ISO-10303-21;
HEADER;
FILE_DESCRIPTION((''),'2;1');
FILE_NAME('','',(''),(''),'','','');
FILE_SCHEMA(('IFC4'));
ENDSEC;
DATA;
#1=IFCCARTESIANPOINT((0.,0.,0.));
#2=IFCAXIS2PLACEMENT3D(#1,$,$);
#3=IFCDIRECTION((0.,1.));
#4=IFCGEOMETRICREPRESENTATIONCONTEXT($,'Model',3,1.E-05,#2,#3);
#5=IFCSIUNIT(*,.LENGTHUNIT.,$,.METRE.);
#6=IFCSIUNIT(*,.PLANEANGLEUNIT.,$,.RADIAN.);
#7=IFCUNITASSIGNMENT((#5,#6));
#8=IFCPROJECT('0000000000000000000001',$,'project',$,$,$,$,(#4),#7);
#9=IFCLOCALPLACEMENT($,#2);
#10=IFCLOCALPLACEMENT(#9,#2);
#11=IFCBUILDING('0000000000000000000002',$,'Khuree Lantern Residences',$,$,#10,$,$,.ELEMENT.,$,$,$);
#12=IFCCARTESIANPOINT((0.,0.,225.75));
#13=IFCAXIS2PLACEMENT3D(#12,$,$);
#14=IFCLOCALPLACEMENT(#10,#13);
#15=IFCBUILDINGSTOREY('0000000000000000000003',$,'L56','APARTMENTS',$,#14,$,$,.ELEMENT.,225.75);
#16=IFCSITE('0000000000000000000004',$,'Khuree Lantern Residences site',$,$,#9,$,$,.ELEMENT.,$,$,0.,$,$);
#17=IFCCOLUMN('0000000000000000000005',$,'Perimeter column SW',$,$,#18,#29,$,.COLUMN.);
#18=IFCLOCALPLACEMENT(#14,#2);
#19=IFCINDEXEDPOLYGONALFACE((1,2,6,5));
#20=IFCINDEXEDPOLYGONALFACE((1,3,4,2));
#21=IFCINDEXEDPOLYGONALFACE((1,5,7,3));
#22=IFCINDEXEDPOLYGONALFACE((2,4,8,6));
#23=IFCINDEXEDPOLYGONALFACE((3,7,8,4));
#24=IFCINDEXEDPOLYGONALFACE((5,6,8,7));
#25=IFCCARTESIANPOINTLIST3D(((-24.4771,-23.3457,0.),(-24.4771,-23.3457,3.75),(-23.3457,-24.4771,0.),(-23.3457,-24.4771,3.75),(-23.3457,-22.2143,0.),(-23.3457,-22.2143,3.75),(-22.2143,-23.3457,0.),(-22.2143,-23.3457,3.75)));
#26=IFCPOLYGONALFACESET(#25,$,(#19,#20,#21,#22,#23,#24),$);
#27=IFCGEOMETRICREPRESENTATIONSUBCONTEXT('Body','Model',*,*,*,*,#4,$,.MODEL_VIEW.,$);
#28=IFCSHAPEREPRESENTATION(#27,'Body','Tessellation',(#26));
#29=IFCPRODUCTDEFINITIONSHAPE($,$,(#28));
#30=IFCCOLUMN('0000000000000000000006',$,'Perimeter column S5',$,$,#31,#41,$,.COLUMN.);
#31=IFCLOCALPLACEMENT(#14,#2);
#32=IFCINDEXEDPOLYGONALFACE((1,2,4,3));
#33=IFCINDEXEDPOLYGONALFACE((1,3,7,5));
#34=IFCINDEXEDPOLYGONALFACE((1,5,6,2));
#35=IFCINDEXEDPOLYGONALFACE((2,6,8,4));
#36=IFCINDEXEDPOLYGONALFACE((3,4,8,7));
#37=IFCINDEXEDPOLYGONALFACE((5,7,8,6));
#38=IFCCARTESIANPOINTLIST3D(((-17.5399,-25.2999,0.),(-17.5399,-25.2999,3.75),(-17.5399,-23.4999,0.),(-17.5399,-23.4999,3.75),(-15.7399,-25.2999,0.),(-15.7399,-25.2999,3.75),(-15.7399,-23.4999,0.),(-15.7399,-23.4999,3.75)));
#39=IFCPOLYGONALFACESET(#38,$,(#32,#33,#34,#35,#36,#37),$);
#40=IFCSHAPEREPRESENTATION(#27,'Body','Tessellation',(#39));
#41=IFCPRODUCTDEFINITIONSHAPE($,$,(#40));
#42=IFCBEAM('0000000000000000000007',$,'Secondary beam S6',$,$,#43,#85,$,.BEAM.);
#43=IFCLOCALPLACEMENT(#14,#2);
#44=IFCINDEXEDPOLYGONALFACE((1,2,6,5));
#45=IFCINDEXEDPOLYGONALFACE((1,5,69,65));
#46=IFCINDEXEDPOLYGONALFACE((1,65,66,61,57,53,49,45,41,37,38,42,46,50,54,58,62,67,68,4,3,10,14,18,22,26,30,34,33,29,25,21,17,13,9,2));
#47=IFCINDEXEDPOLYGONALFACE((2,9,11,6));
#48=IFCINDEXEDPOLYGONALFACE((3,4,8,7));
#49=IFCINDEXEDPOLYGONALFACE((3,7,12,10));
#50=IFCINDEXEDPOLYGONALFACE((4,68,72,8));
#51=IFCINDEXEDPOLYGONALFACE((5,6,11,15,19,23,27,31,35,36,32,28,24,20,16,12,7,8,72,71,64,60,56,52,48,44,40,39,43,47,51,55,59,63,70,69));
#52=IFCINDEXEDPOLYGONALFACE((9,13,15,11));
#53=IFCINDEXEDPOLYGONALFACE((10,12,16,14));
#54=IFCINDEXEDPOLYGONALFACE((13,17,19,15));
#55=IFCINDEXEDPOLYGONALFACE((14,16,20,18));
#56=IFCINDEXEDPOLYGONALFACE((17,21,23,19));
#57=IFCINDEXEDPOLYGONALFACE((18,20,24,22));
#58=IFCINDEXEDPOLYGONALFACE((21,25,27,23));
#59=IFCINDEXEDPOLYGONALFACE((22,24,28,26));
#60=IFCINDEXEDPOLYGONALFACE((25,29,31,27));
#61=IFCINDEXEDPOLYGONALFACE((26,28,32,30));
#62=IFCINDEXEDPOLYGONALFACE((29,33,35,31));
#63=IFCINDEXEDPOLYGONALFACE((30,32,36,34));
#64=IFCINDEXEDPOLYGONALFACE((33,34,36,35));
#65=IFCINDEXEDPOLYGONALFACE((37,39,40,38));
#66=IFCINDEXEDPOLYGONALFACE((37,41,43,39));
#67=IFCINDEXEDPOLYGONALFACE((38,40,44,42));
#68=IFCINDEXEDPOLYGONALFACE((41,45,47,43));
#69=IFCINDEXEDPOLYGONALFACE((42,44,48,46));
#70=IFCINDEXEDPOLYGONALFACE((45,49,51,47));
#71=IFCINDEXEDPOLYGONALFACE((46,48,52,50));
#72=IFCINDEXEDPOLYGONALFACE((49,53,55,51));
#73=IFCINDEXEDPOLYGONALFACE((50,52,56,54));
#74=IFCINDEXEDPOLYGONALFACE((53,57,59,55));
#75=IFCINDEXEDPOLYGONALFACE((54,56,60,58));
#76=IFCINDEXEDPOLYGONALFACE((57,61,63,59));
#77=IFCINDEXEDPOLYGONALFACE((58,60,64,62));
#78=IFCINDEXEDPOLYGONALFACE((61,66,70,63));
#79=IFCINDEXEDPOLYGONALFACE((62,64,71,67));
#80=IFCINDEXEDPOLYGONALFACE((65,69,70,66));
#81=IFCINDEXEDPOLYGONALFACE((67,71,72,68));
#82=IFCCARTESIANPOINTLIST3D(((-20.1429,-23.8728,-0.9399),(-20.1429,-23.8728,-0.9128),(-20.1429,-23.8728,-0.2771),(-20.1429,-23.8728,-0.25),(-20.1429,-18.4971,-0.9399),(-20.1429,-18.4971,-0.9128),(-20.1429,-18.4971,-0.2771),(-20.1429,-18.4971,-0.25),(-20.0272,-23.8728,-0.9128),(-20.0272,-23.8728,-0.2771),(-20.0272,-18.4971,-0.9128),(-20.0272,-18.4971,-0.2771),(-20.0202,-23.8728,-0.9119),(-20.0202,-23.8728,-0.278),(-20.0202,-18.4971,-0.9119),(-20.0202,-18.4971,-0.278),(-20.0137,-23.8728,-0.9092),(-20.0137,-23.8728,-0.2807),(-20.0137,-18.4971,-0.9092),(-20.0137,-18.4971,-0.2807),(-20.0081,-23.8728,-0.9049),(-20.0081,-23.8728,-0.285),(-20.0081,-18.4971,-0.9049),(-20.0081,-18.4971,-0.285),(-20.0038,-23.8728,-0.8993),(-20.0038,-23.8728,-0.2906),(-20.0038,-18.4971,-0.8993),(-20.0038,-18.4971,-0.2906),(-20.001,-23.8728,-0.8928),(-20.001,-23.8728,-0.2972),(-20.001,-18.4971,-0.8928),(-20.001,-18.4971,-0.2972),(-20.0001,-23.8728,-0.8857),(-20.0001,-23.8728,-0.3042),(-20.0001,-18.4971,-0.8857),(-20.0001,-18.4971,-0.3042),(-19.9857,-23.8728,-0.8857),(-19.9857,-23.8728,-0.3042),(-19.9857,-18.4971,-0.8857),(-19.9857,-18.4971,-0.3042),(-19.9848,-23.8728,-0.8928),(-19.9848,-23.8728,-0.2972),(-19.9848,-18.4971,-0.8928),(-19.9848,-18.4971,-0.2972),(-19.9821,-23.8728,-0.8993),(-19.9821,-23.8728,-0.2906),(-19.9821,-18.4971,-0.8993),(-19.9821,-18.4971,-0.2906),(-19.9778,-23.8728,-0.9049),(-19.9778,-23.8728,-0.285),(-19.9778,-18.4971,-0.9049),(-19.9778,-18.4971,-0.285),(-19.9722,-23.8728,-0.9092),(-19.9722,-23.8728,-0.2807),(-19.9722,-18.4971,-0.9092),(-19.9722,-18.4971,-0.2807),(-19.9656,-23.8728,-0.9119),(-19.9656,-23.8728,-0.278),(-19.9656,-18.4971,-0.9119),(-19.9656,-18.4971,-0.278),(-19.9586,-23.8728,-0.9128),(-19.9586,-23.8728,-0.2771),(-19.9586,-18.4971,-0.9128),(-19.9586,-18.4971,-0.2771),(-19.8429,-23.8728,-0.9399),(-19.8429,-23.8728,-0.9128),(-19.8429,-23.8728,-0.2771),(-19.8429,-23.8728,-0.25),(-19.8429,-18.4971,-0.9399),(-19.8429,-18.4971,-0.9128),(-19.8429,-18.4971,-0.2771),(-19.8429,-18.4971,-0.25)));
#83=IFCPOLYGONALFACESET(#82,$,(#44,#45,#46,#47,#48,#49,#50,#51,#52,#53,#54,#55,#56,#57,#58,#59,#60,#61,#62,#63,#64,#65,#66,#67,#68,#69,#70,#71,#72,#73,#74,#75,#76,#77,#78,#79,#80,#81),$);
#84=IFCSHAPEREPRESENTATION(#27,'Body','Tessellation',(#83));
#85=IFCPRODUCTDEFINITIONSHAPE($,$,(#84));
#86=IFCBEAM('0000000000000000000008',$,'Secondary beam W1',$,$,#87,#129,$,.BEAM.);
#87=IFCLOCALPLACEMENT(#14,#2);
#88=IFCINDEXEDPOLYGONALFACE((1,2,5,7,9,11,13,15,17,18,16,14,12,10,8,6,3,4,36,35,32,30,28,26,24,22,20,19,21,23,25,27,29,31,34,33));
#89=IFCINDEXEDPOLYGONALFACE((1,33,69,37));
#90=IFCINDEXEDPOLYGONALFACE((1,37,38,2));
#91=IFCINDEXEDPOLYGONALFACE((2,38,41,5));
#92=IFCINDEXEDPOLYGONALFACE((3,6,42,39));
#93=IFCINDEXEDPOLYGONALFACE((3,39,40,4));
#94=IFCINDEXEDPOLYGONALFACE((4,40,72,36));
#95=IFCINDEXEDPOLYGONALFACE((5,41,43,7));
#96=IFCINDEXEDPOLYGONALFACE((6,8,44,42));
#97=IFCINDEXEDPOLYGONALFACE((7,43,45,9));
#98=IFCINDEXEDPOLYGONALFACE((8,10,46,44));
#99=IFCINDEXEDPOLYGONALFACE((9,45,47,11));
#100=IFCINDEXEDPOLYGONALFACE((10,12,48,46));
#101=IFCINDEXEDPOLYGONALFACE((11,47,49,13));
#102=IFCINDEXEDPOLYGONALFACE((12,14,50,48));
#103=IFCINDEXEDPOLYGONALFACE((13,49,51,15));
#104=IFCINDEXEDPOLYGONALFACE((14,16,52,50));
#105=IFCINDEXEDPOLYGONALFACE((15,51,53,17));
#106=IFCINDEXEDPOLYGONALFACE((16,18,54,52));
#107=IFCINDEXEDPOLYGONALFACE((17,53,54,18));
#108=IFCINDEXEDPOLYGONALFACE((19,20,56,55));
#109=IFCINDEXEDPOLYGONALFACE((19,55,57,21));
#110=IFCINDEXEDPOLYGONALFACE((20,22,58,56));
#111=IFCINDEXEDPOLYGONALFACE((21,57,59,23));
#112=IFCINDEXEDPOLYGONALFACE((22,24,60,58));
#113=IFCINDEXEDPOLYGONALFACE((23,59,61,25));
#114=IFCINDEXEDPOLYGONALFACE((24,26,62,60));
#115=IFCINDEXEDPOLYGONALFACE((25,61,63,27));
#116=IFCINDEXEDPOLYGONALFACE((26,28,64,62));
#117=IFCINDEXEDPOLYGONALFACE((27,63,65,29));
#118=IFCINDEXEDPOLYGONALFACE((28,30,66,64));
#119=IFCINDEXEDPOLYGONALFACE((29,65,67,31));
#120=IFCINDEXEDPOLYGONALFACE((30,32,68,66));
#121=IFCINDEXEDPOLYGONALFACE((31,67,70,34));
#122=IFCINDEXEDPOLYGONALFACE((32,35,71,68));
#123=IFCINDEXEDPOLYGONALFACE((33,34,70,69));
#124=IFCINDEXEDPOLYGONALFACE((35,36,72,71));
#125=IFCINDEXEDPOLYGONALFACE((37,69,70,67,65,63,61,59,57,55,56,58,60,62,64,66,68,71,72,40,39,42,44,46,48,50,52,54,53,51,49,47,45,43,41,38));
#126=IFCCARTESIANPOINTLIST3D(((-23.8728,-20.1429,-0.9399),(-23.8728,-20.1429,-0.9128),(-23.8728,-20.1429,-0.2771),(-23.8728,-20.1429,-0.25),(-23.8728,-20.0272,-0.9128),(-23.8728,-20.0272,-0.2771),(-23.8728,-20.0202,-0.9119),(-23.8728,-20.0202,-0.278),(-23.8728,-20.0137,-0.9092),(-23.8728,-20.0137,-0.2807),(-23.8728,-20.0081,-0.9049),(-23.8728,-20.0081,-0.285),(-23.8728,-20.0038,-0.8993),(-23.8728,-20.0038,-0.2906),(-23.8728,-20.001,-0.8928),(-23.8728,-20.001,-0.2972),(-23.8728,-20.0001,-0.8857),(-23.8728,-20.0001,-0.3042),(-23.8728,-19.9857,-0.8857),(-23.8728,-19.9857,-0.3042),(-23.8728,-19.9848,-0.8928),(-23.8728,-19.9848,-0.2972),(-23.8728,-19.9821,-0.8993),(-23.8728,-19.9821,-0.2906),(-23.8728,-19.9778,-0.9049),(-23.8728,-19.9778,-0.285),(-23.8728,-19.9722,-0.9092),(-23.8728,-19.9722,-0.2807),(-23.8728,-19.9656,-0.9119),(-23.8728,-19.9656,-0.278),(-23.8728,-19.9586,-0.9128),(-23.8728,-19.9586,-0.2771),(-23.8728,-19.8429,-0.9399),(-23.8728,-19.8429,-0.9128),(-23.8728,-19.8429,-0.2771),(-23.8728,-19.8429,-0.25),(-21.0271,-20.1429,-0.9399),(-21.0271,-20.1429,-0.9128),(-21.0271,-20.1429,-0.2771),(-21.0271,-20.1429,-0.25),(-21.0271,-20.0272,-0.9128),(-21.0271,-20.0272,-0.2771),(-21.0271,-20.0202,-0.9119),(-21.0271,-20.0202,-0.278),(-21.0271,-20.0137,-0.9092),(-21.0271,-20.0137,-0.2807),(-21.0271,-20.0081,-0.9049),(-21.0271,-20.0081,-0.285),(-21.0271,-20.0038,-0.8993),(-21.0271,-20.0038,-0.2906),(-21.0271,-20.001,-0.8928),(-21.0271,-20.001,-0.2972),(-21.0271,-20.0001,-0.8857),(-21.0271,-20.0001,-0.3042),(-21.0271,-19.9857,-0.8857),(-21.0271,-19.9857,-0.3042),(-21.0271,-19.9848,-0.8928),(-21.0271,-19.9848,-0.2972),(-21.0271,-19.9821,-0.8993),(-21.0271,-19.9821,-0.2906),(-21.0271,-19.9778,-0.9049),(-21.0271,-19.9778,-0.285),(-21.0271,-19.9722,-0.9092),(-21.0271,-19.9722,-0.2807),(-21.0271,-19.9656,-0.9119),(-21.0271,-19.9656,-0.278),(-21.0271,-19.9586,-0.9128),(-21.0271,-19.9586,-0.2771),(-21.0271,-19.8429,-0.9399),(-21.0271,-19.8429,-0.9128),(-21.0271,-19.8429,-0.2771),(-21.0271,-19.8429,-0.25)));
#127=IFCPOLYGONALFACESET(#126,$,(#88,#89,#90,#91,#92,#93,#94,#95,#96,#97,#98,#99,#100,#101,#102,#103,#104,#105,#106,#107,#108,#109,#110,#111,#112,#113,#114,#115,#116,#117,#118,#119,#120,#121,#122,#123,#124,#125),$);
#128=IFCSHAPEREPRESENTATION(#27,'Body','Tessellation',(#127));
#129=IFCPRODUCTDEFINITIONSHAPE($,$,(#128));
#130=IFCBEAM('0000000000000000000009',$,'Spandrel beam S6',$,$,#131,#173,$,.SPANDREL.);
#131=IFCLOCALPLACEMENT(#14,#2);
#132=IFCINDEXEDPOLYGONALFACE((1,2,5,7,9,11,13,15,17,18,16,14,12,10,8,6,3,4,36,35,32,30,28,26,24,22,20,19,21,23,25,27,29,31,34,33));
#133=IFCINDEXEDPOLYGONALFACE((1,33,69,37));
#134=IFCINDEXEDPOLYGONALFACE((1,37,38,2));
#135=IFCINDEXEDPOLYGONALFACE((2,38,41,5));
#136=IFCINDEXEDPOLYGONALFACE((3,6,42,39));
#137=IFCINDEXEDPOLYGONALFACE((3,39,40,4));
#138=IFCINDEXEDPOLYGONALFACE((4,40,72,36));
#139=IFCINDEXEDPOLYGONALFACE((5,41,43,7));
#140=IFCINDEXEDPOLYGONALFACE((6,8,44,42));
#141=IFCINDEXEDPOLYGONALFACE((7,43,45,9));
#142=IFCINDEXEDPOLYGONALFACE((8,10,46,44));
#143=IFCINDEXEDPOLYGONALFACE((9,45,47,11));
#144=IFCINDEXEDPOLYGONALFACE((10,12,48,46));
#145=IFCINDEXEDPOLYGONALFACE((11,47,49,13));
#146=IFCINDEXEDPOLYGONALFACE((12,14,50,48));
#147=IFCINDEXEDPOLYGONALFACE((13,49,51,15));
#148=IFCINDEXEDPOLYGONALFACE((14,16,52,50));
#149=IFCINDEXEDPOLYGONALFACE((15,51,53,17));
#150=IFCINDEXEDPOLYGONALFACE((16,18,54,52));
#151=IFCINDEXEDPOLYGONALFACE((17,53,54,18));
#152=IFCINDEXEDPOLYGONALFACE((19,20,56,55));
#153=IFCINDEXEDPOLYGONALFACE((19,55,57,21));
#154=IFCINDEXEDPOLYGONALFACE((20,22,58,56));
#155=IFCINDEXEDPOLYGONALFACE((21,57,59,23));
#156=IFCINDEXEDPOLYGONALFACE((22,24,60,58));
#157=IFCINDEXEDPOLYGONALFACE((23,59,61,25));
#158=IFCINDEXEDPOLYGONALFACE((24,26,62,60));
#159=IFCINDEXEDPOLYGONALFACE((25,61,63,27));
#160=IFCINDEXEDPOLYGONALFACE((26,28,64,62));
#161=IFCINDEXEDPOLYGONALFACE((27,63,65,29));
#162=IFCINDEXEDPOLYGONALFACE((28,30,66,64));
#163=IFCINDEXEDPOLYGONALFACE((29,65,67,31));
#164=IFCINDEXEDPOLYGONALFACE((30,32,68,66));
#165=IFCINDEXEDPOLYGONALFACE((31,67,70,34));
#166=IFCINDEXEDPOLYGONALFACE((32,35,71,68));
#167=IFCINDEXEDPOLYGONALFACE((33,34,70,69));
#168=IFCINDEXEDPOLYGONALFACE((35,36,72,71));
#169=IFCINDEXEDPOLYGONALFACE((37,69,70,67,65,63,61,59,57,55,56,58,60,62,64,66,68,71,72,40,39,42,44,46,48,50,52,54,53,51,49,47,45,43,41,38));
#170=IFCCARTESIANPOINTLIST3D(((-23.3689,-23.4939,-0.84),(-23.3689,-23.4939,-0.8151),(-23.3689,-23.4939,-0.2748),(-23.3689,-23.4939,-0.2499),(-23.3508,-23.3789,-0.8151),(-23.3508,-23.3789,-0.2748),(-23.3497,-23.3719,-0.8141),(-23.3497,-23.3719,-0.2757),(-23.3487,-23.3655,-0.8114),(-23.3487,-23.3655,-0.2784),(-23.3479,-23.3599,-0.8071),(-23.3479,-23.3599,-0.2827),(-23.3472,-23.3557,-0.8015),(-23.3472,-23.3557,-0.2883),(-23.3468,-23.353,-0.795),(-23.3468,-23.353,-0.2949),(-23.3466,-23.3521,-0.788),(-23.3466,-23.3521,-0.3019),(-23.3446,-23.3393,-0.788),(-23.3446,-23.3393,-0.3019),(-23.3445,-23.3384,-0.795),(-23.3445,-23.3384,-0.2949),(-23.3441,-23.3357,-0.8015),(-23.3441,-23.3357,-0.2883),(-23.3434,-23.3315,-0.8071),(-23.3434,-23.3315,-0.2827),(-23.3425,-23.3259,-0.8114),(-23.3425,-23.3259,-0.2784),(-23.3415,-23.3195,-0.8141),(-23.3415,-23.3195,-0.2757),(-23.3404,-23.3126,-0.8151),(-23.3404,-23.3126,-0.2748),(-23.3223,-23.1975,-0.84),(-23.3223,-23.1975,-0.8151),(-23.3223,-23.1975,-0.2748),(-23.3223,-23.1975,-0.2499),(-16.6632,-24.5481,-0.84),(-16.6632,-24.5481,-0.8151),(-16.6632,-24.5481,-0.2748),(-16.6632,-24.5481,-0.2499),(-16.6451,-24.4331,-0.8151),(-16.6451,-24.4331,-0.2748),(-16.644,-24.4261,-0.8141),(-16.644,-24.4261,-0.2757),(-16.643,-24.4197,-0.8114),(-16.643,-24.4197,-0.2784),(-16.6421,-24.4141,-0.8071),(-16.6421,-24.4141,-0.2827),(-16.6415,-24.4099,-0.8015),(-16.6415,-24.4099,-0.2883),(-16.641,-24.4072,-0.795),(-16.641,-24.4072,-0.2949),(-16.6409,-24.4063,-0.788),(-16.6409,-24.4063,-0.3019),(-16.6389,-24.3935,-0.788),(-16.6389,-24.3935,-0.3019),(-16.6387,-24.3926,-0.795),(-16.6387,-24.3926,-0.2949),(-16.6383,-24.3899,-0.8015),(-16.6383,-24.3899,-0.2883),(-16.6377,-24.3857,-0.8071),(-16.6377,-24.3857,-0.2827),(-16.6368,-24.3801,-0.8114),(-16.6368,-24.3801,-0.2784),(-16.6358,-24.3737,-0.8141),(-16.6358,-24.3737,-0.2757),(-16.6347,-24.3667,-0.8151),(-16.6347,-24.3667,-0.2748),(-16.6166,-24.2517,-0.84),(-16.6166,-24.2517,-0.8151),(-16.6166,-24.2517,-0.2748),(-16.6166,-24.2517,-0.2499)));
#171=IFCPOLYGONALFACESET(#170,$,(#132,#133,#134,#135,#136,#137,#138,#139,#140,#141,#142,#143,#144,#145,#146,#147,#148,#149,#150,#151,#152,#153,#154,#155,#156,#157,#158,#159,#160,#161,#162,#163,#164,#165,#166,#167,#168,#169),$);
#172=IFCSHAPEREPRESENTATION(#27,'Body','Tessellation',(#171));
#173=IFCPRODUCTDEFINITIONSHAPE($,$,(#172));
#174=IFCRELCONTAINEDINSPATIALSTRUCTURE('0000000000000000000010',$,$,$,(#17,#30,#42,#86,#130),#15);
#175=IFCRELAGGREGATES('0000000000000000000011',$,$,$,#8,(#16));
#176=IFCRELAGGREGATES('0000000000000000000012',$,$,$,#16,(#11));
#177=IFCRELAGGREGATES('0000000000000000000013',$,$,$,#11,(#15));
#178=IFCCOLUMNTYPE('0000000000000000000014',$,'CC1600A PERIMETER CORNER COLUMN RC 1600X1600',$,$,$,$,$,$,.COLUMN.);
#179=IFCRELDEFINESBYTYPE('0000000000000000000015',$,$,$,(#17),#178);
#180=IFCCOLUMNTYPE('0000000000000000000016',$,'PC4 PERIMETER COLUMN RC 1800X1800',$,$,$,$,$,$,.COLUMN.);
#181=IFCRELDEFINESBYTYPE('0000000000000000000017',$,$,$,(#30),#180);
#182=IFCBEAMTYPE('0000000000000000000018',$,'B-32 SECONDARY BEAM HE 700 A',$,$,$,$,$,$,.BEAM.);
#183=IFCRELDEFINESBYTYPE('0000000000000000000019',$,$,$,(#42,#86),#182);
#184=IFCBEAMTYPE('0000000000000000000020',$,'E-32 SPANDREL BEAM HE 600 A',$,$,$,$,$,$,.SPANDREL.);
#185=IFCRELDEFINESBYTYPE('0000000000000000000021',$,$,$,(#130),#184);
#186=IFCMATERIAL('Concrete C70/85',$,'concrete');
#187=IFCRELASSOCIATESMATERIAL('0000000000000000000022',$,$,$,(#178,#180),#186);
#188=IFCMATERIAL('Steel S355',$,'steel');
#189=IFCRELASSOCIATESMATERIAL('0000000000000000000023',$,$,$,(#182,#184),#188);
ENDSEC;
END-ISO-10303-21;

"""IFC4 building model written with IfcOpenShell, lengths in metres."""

from ifc_helpers import new_model, si_unit, direction, frame, origin, origin_2d, place, context, subcontext, project, spatial, rectangle, i_section, extrude, material, material_profile, profile_set, type_object, element, save


model = new_model("IFC4")

# Units and contexts
model_context = context("Model", 3, precision=1e-05, world=origin(), true_north=direction((0.0, 1.0)))
body_context = subcontext(model_context, "Body", "Model", "MODEL_VIEW")
ifc_project = project(units=[si_unit("LENGTHUNIT", "METRE"), si_unit("PLANEANGLEUNIT", "RADIAN")], contexts=[model_context])

# Site, building, storey
site_placement = place(None, origin())
site = spatial("IfcSite", under=ifc_project, at=site_placement, Name="Khuree Lantern Residences site", CompositionType="ELEMENT", RefElevation=0.0)
building_placement = place(site_placement, origin())
building = spatial("IfcBuilding", under=site, at=building_placement, Name="Khuree Lantern Residences", CompositionType="ELEMENT")
storey_placement = place(building_placement, frame((0.0, 0.0, 225.75)))
storey = spatial("IfcBuildingStorey", under=building, at=storey_placement, Name="L56", Description="APARTMENTS", CompositionType="ELEMENT", Elevation=225.75)

# Columns
ifc_material_1 = material(Name="Concrete C70/85", Category="concrete")
ifc_material_profile_1 = material_profile(ifc_material_1, rectangle(XDim=1.6001, YDim=1.6001, at=origin_2d()), Name="RC 1600X1600")
ifc_profile_set_1 = profile_set([ifc_material_profile_1], Name="Concrete C70/85")
column_type_1 = type_object("IfcColumnType", Name="CC1600A PERIMETER CORNER COLUMN RC 1600X1600", PredefinedType="COLUMN", material=ifc_profile_set_1)
column_1_placement = place(storey_placement, frame((-23.3457, -23.3457, 0.0), z_axis=(0.0, 0.0, 1.0), x_axis=(0.707107, -0.707107, 0.0)))
element("IfcColumn", 1, at=column_1_placement, inside=storey, type_object=column_type_1, Name="Perimeter column SW", PredefinedType="COLUMN", context=body_context, shape_type="SweptSolid", body=[
    extrude(rectangle(XDim=1.6001, YDim=1.6001, at=origin_2d()), origin(), (0.0, 0.0, 1.0), 3.75),
])
ifc_material_profile_2 = material_profile(ifc_material_1, rectangle(XDim=1.8, YDim=1.8, at=origin_2d()), Name="RC 1800X1800")
ifc_profile_set_2 = profile_set([ifc_material_profile_2], Name="Concrete C70/85")
column_type_2 = type_object("IfcColumnType", Name="PC4 PERIMETER COLUMN RC 1800X1800", PredefinedType="COLUMN", material=ifc_profile_set_2)
column_2_placement = place(storey_placement, frame((-16.6399, -24.3999, 0.0), z_axis=(0.0, 0.0, 1.0), x_axis=(1.0, 0.0, 0.0)))
element("IfcColumn", 2, at=column_2_placement, inside=storey, type_object=column_type_2, Name="Perimeter column S5", PredefinedType="COLUMN", context=body_context, shape_type="SweptSolid", body=[
    extrude(rectangle(XDim=1.8, YDim=1.8, at=origin_2d()), origin(), (0.0, 0.0, 1.0), 3.75),
])

# Beams
ifc_material_2 = material(Name="Steel S355", Category="steel")
ifc_material_profile_3 = material_profile(ifc_material_2, i_section(OverallWidth=0.3, OverallDepth=0.6899, WebThickness=0.0144, FlangeThickness=0.0271, FilletRadius=0.0271, at=origin_2d()), Name="HE 700 A")
ifc_profile_set_3 = profile_set([ifc_material_profile_3], Name="Steel S355")
beam_type_1 = type_object("IfcBeamType", Name="B-32 SECONDARY BEAM HE 700 A", PredefinedType="BEAM", material=ifc_profile_set_3)
beam_1_placement = place(storey_placement, frame((-19.9929, -23.8728, -0.595), z_axis=(0.0, 1.0, 0.0), x_axis=(-1.0, 0.0, 0.0)))
element("IfcBeam", 3, at=beam_1_placement, inside=storey, type_object=beam_type_1, Name="Secondary beam S6", PredefinedType="BEAM", context=body_context, shape_type="SweptSolid", body=[
    extrude(i_section(OverallWidth=0.3, OverallDepth=0.6899, WebThickness=0.0144, FlangeThickness=0.0271, FilletRadius=0.0271, at=origin_2d()), origin(), (0.0, 0.0, 1.0), 5.3757),
])
beam_2_placement = place(storey_placement, frame((-23.8728, -19.9929, -0.595), z_axis=(1.0, 0.0, 0.0), x_axis=(0.0, 1.0, 0.0)))
element("IfcBeam", 4, at=beam_2_placement, inside=storey, type_object=beam_type_1, Name="Secondary beam W1", PredefinedType="BEAM", context=body_context, shape_type="SweptSolid", body=[
    extrude(i_section(OverallWidth=0.3, OverallDepth=0.6899, WebThickness=0.0144, FlangeThickness=0.0271, FilletRadius=0.0271, at=origin_2d()), origin(), (0.0, 0.0, 1.0), 2.8457),
])
ifc_material_profile_4 = material_profile(ifc_material_2, i_section(OverallWidth=0.3, OverallDepth=0.5901, WebThickness=0.0129, FlangeThickness=0.0249, FilletRadius=0.0271, at=origin_2d()), Name="HE 600 A")
ifc_profile_set_4 = profile_set([ifc_material_profile_4], Name="Steel S355")
beam_type_2 = type_object("IfcBeamType", Name="E-32 SPANDREL BEAM HE 600 A", PredefinedType="SPANDREL", material=ifc_profile_set_4)
for number, where, z_axis, x_axis, name in (
    (5, (-16.6399, -24.3999, -0.5449), (-0.987867, 0.1553, 0.0), (-0.1553, -0.987867, 0.0), "Spandrel beam S6"),
):
    element("IfcBeam", number, at=place(storey_placement, frame(where, z_axis=z_axis, x_axis=x_axis)), inside=storey, type_object=beam_type_2, Name=name, PredefinedType="SPANDREL", context=body_context, shape_type="SweptSolid", body=[
        extrude(i_section(OverallWidth=0.3, OverallDepth=0.5901, WebThickness=0.0129, FlangeThickness=0.0249, FilletRadius=0.0271, at=origin_2d()), origin(), (0.0, 0.0, 1.0), 6.7881),
    ])

save(model, "model.ifc")
